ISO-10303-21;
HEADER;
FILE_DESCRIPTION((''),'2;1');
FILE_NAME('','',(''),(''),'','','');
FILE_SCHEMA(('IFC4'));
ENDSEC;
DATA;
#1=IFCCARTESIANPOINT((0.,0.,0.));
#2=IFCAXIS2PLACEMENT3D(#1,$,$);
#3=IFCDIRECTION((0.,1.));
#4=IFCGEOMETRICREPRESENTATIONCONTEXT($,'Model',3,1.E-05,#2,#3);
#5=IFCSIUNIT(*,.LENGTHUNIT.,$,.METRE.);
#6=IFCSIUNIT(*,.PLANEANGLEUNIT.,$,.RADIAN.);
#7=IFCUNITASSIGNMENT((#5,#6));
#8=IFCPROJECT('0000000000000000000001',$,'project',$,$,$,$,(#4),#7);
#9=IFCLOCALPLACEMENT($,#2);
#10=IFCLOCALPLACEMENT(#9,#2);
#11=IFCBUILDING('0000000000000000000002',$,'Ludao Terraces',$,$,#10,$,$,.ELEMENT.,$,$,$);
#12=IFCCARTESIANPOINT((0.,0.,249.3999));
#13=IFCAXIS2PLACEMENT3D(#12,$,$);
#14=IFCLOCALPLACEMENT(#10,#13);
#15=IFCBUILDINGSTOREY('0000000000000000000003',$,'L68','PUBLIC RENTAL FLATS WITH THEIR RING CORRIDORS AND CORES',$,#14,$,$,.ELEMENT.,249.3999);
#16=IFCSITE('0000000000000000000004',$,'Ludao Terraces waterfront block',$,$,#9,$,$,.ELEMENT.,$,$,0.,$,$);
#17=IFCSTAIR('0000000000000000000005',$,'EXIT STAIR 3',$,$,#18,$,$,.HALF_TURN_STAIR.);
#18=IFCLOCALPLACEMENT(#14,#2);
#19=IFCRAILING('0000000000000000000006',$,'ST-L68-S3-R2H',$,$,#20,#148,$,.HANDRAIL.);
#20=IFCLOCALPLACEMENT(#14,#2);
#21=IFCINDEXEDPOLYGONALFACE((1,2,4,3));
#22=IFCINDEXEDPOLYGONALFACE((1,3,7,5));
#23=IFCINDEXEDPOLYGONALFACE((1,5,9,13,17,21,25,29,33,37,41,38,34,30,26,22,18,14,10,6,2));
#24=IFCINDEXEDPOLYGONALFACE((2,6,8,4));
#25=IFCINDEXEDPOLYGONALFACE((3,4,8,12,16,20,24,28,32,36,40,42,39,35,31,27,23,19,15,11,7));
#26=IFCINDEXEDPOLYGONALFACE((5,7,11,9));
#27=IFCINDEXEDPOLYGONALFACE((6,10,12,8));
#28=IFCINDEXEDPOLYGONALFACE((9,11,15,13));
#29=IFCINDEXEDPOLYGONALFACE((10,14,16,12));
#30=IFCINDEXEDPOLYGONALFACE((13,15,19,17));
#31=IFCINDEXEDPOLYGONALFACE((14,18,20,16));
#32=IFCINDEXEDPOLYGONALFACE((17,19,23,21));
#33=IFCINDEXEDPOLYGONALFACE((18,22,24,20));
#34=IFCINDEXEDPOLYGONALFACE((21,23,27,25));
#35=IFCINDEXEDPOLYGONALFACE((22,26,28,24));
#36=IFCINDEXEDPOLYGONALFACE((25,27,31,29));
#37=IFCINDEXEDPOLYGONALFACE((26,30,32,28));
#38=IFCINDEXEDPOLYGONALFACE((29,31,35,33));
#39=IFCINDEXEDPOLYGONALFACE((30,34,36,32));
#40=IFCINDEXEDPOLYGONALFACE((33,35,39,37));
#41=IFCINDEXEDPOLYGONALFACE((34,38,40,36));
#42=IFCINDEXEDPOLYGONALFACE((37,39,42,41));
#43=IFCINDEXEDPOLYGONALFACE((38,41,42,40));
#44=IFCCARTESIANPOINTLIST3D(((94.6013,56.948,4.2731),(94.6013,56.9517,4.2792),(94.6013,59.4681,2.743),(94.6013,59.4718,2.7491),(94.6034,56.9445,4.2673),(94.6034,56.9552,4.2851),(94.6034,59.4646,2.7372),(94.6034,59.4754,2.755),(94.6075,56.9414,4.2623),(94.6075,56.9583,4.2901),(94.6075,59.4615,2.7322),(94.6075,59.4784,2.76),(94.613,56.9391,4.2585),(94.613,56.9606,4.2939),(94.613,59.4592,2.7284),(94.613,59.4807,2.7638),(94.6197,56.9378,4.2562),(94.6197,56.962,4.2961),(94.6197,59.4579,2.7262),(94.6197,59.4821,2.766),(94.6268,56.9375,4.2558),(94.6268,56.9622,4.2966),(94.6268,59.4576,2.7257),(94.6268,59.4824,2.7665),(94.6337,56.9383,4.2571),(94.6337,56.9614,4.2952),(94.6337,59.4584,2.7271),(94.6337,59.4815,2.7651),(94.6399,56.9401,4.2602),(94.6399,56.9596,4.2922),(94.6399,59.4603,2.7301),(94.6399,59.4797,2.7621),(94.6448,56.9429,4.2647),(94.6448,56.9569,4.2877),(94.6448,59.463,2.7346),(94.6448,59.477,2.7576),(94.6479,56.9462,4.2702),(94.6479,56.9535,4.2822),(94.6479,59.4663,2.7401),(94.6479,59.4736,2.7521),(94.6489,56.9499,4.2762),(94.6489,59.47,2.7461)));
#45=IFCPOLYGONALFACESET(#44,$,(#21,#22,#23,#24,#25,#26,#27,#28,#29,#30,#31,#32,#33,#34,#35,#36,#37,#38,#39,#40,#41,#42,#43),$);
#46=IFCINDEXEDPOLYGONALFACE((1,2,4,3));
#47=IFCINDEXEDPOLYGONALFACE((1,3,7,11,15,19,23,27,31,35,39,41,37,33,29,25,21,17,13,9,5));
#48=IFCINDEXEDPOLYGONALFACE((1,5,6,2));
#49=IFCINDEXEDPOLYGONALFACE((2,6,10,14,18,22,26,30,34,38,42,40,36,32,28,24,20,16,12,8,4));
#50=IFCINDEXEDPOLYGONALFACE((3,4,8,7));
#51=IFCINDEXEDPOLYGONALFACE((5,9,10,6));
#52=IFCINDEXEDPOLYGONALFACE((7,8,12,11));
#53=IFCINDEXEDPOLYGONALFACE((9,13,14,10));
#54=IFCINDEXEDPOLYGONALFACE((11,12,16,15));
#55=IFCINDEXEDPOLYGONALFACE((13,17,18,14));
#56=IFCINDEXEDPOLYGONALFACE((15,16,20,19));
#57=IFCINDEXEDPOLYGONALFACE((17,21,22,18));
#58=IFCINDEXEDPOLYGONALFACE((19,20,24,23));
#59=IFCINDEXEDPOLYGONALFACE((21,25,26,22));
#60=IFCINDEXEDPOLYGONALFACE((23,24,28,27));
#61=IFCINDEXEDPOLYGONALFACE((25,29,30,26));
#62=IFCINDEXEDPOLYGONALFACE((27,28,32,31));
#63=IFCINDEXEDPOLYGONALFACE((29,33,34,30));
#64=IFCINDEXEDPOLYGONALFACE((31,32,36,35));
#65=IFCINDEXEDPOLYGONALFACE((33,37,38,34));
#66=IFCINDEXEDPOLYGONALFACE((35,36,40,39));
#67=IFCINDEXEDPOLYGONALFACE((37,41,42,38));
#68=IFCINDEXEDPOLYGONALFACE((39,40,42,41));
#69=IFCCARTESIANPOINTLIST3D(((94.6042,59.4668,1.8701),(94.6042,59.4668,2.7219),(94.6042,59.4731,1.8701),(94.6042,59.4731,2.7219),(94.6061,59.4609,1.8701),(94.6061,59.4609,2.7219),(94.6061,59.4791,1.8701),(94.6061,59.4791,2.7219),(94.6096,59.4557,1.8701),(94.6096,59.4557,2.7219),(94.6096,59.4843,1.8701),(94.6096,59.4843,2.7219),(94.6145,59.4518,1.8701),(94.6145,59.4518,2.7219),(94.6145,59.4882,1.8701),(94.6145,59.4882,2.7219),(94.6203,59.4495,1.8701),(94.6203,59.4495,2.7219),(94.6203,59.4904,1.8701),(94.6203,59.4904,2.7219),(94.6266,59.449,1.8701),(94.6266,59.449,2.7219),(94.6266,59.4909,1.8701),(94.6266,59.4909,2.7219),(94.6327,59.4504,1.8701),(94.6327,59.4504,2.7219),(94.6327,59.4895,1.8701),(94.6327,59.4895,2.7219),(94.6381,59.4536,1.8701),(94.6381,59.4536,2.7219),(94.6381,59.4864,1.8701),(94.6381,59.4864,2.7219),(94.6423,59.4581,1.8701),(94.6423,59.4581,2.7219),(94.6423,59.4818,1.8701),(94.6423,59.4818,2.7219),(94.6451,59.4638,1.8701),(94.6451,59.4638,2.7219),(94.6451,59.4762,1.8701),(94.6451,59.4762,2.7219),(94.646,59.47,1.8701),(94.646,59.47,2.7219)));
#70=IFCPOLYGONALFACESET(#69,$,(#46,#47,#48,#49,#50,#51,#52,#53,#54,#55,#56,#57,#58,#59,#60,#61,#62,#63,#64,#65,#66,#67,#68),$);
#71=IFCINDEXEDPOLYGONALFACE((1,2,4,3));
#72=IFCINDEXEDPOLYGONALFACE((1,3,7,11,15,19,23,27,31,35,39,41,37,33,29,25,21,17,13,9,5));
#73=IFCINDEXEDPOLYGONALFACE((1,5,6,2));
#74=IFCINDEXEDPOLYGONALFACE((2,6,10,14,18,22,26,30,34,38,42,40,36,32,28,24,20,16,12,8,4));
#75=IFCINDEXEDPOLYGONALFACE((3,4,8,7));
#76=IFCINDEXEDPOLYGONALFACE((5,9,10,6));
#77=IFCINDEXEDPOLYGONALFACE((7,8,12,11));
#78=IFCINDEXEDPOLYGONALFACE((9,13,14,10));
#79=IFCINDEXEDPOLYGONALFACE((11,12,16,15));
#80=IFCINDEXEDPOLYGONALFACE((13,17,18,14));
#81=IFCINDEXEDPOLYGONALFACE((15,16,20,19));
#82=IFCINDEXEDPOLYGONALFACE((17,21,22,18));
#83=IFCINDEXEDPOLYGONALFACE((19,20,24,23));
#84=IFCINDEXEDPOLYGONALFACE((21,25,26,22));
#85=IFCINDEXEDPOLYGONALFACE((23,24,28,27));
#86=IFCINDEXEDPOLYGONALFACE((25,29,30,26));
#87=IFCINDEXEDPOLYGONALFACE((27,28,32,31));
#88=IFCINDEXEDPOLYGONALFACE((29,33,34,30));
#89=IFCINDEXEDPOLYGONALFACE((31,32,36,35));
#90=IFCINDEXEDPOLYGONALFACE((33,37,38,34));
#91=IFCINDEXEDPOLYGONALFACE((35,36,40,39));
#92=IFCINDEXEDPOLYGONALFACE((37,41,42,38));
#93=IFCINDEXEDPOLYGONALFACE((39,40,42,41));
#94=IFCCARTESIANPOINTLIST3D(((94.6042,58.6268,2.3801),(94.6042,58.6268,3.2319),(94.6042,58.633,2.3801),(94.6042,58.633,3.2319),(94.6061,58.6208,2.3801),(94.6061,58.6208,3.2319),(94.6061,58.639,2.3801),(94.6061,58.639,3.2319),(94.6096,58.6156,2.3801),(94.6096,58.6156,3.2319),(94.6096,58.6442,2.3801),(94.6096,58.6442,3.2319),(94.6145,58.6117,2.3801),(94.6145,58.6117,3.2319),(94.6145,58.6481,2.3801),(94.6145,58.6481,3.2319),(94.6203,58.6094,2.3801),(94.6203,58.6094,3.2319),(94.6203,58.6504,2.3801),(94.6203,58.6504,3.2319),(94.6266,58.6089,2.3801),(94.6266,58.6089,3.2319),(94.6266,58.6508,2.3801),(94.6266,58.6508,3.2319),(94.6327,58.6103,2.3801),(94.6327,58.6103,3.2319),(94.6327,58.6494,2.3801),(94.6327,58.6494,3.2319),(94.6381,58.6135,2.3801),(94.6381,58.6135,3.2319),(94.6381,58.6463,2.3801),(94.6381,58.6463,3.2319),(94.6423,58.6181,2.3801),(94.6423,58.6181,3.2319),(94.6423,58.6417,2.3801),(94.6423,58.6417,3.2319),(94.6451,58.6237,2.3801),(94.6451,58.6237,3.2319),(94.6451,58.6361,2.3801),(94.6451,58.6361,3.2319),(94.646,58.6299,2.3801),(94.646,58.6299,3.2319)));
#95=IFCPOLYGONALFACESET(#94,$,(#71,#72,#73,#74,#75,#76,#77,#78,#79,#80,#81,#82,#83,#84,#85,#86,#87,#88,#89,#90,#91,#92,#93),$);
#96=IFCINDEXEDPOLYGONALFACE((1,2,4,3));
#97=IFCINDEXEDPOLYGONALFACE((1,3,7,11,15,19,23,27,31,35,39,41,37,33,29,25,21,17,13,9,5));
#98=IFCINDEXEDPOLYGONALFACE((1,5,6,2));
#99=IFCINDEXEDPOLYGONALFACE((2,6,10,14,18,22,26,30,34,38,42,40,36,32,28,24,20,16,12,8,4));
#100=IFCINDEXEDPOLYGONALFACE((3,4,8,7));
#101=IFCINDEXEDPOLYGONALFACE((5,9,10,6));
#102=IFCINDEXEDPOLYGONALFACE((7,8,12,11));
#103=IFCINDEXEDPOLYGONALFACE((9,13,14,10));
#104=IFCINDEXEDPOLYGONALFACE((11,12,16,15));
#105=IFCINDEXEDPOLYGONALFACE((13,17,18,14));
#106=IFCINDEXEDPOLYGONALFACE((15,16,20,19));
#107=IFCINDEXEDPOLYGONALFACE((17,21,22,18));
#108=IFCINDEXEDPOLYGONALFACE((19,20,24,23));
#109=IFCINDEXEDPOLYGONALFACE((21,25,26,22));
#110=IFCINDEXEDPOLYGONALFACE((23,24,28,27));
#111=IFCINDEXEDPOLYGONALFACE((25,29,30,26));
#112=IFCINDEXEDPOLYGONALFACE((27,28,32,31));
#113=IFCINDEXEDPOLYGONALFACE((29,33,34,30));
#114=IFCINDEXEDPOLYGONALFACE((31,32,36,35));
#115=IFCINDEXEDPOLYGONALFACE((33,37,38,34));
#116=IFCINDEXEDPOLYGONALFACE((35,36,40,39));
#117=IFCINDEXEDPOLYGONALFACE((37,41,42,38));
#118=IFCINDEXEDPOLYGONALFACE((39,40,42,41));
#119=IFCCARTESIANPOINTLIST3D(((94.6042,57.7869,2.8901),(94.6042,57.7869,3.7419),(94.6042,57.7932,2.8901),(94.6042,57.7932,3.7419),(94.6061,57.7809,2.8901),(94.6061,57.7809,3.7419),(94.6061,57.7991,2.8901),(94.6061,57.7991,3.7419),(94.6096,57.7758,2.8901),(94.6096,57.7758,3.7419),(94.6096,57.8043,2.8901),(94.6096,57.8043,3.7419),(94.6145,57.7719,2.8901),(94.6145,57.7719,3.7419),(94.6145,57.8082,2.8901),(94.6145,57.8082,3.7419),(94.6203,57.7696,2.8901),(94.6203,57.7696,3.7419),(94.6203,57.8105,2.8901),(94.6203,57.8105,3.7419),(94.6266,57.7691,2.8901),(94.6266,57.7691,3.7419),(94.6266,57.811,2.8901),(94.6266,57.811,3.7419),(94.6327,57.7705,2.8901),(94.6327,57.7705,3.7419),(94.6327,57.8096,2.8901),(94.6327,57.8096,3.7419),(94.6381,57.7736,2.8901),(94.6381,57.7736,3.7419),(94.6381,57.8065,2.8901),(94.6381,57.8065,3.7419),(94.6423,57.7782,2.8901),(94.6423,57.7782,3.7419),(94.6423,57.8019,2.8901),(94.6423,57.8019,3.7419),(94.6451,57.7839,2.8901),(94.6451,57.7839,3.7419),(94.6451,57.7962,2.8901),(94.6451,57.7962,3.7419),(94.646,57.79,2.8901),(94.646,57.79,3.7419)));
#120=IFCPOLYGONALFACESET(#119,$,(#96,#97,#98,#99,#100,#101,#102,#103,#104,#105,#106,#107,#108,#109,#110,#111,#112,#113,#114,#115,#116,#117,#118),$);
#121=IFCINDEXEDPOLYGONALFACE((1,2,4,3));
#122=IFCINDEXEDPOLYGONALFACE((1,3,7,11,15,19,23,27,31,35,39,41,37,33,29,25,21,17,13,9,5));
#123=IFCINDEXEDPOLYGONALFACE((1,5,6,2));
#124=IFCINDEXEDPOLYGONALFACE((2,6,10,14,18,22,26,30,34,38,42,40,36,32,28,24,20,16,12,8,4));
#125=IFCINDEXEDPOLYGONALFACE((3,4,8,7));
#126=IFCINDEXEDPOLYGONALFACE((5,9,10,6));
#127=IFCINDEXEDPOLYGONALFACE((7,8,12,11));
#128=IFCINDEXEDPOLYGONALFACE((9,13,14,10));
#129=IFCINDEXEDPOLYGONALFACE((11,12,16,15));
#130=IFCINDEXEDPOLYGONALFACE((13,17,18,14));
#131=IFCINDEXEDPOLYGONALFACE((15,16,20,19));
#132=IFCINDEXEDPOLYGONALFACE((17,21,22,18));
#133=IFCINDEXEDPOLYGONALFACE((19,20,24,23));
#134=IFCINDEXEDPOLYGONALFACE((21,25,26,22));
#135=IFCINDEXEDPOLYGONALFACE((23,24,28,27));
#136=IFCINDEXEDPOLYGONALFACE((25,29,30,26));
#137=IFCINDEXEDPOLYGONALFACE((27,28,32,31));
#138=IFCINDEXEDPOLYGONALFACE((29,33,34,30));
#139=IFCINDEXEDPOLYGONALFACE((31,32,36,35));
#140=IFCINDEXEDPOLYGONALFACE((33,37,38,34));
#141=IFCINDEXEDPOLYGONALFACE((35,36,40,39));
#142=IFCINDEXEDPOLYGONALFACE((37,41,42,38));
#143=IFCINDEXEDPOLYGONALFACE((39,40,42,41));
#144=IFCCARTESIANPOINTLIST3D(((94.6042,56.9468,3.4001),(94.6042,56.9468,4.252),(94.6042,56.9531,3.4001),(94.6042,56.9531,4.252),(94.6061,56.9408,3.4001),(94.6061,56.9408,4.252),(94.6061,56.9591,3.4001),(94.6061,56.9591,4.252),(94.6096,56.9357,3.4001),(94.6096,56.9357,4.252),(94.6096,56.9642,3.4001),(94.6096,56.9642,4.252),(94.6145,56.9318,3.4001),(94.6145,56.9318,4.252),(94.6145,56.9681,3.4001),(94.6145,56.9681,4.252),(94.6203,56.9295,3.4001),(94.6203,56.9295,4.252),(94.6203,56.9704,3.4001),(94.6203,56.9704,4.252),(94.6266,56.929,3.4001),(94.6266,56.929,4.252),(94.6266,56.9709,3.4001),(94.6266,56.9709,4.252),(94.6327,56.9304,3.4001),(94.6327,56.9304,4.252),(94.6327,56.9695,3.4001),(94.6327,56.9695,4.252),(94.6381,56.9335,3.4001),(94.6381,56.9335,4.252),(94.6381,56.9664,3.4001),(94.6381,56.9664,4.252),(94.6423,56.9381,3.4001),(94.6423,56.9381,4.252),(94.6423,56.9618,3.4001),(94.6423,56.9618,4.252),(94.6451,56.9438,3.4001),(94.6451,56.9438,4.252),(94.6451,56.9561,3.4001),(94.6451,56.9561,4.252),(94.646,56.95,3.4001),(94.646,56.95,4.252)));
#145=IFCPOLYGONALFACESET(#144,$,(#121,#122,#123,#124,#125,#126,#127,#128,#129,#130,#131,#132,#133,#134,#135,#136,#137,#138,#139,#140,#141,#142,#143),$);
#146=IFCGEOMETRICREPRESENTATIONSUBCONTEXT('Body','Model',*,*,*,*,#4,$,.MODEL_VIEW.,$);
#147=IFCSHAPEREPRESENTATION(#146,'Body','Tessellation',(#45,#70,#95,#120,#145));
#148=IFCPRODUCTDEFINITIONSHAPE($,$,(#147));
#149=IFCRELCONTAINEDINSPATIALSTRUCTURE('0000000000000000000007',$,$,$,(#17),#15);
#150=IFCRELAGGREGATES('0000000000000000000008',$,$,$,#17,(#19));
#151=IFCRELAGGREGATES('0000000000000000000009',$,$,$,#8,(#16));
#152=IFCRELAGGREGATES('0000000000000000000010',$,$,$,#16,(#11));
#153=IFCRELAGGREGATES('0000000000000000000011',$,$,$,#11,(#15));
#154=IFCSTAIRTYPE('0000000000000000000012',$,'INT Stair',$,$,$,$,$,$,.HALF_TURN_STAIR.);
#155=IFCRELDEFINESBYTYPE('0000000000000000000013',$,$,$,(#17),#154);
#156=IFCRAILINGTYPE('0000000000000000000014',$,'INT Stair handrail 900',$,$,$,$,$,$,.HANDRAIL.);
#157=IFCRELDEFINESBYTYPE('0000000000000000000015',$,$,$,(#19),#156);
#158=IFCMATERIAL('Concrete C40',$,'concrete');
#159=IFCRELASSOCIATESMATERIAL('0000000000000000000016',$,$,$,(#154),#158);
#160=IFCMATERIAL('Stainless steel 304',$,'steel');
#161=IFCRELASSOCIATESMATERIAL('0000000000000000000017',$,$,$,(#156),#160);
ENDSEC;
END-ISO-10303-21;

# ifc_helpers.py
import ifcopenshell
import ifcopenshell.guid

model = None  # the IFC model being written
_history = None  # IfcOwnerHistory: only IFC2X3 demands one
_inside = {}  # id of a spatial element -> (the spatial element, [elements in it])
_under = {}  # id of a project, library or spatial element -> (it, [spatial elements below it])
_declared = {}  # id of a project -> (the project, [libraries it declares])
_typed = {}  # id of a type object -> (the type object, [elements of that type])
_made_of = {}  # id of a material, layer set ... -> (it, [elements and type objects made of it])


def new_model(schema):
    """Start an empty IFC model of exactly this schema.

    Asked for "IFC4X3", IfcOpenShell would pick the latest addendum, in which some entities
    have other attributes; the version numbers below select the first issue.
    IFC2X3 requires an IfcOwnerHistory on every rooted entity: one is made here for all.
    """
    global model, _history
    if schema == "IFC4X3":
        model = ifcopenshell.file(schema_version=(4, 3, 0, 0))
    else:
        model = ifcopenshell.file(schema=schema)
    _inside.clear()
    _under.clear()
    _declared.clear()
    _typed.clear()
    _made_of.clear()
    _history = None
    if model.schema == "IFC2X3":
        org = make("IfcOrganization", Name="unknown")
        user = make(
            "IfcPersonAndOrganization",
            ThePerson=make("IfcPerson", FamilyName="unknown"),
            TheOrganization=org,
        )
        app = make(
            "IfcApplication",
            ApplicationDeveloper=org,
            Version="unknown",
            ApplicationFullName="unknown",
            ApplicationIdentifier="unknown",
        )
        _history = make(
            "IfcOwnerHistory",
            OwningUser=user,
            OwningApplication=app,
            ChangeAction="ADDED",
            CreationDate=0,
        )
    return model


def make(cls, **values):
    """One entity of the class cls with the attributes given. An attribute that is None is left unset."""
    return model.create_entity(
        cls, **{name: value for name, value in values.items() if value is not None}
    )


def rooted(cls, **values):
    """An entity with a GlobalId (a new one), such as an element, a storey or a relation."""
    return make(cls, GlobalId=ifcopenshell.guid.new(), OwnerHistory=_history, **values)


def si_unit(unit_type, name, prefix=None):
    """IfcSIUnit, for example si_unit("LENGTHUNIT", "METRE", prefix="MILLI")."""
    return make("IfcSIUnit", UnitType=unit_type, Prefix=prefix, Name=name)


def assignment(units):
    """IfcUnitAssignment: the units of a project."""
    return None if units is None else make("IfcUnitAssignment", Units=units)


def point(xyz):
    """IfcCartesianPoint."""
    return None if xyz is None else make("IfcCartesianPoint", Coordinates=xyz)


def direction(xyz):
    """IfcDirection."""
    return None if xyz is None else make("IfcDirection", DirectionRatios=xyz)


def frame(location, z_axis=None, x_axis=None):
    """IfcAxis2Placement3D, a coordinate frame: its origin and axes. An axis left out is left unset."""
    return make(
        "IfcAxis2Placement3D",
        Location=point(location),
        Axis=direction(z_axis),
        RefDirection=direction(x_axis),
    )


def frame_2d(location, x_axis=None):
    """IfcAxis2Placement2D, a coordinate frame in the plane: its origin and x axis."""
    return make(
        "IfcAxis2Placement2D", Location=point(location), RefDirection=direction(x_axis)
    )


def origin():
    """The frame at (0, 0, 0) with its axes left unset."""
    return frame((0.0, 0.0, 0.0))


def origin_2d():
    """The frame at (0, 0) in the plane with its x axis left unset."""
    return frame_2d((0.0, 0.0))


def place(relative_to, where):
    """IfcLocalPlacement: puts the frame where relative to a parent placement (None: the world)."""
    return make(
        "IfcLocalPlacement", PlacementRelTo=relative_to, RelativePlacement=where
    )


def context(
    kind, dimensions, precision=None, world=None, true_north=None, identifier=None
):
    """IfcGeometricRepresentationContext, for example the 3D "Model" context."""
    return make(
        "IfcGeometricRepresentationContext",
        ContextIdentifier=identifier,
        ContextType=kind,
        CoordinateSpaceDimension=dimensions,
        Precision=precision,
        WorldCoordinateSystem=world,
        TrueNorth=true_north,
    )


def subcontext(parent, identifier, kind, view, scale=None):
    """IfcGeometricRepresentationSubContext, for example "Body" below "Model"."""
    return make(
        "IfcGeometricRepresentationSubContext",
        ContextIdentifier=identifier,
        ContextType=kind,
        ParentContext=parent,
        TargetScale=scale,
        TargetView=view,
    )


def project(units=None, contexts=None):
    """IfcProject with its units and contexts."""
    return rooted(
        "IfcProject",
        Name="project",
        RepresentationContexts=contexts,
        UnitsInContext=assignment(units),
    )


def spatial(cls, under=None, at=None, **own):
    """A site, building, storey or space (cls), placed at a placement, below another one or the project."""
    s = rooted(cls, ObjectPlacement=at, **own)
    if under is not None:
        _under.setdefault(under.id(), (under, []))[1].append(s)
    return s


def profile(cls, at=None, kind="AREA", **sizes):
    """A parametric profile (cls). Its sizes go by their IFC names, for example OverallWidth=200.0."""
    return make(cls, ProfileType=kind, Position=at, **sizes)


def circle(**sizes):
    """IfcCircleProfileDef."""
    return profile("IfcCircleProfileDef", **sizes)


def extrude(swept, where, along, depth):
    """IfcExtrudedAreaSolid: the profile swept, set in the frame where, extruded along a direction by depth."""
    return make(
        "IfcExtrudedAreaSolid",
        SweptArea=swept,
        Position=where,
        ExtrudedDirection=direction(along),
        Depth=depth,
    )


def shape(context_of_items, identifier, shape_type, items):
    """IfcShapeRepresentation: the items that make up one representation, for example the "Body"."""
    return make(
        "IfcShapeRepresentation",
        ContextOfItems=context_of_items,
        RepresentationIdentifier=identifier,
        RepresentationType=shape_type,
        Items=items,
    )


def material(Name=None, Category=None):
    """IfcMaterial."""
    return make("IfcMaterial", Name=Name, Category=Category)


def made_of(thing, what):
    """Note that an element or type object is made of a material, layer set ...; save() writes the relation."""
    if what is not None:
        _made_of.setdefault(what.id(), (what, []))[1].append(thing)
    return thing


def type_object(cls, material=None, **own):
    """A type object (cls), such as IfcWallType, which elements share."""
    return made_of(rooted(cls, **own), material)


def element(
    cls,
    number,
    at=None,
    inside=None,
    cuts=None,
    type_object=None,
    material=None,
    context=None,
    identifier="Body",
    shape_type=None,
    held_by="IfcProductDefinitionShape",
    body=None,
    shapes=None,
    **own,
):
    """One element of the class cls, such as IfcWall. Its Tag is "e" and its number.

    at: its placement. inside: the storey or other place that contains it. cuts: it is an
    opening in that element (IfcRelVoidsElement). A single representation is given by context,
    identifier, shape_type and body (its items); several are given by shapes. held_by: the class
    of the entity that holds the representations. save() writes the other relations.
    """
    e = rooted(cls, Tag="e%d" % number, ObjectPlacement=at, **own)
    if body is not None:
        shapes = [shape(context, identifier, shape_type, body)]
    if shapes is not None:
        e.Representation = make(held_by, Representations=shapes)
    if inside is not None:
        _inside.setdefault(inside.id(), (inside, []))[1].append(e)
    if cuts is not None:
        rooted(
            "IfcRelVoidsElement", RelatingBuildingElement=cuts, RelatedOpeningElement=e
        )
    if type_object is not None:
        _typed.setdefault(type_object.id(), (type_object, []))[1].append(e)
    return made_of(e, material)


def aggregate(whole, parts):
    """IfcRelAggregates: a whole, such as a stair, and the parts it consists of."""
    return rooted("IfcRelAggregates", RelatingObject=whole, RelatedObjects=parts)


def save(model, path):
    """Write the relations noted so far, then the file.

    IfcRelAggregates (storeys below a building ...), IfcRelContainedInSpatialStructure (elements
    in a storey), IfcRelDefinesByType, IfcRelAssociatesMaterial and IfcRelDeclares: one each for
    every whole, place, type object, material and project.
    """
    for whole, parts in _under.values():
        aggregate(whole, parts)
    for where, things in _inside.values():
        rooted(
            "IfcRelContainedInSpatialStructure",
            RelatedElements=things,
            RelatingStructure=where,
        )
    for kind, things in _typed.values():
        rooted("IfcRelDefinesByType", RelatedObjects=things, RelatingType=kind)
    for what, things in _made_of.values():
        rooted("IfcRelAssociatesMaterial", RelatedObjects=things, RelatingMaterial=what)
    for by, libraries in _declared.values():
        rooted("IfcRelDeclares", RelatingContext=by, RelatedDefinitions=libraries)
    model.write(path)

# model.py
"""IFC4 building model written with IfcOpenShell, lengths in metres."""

from ifc_helpers import new_model, si_unit, direction, frame, origin, origin_2d, place, context, subcontext, project, spatial, circle, extrude, material, type_object, element, aggregate, save


model = new_model("IFC4")

# Units and contexts
model_context = context("Model", 3, precision=1e-05, world=origin(), true_north=direction((0.0, 1.0)))
body_context = subcontext(model_context, "Body", "Model", "MODEL_VIEW")
ifc_project = project(units=[si_unit("LENGTHUNIT", "METRE"), si_unit("PLANEANGLEUNIT", "RADIAN")], contexts=[model_context])

# Site, building, storey
site_placement = place(None, origin())
site = spatial("IfcSite", under=ifc_project, at=site_placement, Name="Ludao Terraces waterfront block", CompositionType="ELEMENT", RefElevation=0.0)
building_placement = place(site_placement, origin())
building = spatial("IfcBuilding", under=site, at=building_placement, Name="Ludao Terraces", CompositionType="ELEMENT")
storey_placement = place(building_placement, frame((0.0, 0.0, 249.3999)))
storey = spatial("IfcBuildingStorey", under=building, at=storey_placement, Name="L68", Description="PUBLIC RENTAL FLATS WITH THEIR RING CORRIDORS AND CORES", CompositionType="ELEMENT", Elevation=249.3999)

# Shared definitions
ifc_material_1 = material(Name="Concrete C40", Category="concrete")

# Stair, railing
stair_type = type_object("IfcStairType", Name="INT Stair", PredefinedType="HALF_TURN_STAIR", material=ifc_material_1)
stair_placement = place(storey_placement, origin())
stair = element("IfcStair", 1, at=stair_placement, inside=storey, type_object=stair_type, Name="EXIT STAIR 3", PredefinedType="HALF_TURN_STAIR")
ifc_material_2 = material(Name="Stainless steel 304", Category="steel")
railing_type_1 = type_object("IfcRailingType", Name="INT Stair handrail 900", PredefinedType="HANDRAIL", material=ifc_material_2)
railing_1_placement = place(storey_placement, frame((94.625, 59.47, 1.8701)))
railing_1 = element("IfcRailing", 2, at=railing_1_placement, type_object=railing_type_1, Name="ST-L68-S3-R2H", PredefinedType="HANDRAIL", context=body_context, shape_type="SweptSolid", body=[
    extrude(circle(Radius=0.0239, at=origin_2d()), frame((0.0, 0.0, 0.876), z_axis=(0.0, -0.854785, 0.518982), x_axis=(1.0, 0.0, 0.0)), (0.0, 0.0, 1.0), 2.9482),
    extrude(circle(Radius=0.021, at=origin_2d()), origin(), (0.0, 0.0, 1.0), 0.8518),
    extrude(circle(Radius=0.021, at=origin_2d()), frame((0.0, -0.8401, 0.51)), (0.0, 0.0, 1.0), 0.8518),
    extrude(circle(Radius=0.021, at=origin_2d()), frame((0.0, -1.6799, 1.02)), (0.0, 0.0, 1.0), 0.8518),
    extrude(circle(Radius=0.021, at=origin_2d()), frame((0.0, -2.52, 1.53)), (0.0, 0.0, 1.0), 0.8518),
])
aggregate(stair, [railing_1])

save(model, "model.ifc")
